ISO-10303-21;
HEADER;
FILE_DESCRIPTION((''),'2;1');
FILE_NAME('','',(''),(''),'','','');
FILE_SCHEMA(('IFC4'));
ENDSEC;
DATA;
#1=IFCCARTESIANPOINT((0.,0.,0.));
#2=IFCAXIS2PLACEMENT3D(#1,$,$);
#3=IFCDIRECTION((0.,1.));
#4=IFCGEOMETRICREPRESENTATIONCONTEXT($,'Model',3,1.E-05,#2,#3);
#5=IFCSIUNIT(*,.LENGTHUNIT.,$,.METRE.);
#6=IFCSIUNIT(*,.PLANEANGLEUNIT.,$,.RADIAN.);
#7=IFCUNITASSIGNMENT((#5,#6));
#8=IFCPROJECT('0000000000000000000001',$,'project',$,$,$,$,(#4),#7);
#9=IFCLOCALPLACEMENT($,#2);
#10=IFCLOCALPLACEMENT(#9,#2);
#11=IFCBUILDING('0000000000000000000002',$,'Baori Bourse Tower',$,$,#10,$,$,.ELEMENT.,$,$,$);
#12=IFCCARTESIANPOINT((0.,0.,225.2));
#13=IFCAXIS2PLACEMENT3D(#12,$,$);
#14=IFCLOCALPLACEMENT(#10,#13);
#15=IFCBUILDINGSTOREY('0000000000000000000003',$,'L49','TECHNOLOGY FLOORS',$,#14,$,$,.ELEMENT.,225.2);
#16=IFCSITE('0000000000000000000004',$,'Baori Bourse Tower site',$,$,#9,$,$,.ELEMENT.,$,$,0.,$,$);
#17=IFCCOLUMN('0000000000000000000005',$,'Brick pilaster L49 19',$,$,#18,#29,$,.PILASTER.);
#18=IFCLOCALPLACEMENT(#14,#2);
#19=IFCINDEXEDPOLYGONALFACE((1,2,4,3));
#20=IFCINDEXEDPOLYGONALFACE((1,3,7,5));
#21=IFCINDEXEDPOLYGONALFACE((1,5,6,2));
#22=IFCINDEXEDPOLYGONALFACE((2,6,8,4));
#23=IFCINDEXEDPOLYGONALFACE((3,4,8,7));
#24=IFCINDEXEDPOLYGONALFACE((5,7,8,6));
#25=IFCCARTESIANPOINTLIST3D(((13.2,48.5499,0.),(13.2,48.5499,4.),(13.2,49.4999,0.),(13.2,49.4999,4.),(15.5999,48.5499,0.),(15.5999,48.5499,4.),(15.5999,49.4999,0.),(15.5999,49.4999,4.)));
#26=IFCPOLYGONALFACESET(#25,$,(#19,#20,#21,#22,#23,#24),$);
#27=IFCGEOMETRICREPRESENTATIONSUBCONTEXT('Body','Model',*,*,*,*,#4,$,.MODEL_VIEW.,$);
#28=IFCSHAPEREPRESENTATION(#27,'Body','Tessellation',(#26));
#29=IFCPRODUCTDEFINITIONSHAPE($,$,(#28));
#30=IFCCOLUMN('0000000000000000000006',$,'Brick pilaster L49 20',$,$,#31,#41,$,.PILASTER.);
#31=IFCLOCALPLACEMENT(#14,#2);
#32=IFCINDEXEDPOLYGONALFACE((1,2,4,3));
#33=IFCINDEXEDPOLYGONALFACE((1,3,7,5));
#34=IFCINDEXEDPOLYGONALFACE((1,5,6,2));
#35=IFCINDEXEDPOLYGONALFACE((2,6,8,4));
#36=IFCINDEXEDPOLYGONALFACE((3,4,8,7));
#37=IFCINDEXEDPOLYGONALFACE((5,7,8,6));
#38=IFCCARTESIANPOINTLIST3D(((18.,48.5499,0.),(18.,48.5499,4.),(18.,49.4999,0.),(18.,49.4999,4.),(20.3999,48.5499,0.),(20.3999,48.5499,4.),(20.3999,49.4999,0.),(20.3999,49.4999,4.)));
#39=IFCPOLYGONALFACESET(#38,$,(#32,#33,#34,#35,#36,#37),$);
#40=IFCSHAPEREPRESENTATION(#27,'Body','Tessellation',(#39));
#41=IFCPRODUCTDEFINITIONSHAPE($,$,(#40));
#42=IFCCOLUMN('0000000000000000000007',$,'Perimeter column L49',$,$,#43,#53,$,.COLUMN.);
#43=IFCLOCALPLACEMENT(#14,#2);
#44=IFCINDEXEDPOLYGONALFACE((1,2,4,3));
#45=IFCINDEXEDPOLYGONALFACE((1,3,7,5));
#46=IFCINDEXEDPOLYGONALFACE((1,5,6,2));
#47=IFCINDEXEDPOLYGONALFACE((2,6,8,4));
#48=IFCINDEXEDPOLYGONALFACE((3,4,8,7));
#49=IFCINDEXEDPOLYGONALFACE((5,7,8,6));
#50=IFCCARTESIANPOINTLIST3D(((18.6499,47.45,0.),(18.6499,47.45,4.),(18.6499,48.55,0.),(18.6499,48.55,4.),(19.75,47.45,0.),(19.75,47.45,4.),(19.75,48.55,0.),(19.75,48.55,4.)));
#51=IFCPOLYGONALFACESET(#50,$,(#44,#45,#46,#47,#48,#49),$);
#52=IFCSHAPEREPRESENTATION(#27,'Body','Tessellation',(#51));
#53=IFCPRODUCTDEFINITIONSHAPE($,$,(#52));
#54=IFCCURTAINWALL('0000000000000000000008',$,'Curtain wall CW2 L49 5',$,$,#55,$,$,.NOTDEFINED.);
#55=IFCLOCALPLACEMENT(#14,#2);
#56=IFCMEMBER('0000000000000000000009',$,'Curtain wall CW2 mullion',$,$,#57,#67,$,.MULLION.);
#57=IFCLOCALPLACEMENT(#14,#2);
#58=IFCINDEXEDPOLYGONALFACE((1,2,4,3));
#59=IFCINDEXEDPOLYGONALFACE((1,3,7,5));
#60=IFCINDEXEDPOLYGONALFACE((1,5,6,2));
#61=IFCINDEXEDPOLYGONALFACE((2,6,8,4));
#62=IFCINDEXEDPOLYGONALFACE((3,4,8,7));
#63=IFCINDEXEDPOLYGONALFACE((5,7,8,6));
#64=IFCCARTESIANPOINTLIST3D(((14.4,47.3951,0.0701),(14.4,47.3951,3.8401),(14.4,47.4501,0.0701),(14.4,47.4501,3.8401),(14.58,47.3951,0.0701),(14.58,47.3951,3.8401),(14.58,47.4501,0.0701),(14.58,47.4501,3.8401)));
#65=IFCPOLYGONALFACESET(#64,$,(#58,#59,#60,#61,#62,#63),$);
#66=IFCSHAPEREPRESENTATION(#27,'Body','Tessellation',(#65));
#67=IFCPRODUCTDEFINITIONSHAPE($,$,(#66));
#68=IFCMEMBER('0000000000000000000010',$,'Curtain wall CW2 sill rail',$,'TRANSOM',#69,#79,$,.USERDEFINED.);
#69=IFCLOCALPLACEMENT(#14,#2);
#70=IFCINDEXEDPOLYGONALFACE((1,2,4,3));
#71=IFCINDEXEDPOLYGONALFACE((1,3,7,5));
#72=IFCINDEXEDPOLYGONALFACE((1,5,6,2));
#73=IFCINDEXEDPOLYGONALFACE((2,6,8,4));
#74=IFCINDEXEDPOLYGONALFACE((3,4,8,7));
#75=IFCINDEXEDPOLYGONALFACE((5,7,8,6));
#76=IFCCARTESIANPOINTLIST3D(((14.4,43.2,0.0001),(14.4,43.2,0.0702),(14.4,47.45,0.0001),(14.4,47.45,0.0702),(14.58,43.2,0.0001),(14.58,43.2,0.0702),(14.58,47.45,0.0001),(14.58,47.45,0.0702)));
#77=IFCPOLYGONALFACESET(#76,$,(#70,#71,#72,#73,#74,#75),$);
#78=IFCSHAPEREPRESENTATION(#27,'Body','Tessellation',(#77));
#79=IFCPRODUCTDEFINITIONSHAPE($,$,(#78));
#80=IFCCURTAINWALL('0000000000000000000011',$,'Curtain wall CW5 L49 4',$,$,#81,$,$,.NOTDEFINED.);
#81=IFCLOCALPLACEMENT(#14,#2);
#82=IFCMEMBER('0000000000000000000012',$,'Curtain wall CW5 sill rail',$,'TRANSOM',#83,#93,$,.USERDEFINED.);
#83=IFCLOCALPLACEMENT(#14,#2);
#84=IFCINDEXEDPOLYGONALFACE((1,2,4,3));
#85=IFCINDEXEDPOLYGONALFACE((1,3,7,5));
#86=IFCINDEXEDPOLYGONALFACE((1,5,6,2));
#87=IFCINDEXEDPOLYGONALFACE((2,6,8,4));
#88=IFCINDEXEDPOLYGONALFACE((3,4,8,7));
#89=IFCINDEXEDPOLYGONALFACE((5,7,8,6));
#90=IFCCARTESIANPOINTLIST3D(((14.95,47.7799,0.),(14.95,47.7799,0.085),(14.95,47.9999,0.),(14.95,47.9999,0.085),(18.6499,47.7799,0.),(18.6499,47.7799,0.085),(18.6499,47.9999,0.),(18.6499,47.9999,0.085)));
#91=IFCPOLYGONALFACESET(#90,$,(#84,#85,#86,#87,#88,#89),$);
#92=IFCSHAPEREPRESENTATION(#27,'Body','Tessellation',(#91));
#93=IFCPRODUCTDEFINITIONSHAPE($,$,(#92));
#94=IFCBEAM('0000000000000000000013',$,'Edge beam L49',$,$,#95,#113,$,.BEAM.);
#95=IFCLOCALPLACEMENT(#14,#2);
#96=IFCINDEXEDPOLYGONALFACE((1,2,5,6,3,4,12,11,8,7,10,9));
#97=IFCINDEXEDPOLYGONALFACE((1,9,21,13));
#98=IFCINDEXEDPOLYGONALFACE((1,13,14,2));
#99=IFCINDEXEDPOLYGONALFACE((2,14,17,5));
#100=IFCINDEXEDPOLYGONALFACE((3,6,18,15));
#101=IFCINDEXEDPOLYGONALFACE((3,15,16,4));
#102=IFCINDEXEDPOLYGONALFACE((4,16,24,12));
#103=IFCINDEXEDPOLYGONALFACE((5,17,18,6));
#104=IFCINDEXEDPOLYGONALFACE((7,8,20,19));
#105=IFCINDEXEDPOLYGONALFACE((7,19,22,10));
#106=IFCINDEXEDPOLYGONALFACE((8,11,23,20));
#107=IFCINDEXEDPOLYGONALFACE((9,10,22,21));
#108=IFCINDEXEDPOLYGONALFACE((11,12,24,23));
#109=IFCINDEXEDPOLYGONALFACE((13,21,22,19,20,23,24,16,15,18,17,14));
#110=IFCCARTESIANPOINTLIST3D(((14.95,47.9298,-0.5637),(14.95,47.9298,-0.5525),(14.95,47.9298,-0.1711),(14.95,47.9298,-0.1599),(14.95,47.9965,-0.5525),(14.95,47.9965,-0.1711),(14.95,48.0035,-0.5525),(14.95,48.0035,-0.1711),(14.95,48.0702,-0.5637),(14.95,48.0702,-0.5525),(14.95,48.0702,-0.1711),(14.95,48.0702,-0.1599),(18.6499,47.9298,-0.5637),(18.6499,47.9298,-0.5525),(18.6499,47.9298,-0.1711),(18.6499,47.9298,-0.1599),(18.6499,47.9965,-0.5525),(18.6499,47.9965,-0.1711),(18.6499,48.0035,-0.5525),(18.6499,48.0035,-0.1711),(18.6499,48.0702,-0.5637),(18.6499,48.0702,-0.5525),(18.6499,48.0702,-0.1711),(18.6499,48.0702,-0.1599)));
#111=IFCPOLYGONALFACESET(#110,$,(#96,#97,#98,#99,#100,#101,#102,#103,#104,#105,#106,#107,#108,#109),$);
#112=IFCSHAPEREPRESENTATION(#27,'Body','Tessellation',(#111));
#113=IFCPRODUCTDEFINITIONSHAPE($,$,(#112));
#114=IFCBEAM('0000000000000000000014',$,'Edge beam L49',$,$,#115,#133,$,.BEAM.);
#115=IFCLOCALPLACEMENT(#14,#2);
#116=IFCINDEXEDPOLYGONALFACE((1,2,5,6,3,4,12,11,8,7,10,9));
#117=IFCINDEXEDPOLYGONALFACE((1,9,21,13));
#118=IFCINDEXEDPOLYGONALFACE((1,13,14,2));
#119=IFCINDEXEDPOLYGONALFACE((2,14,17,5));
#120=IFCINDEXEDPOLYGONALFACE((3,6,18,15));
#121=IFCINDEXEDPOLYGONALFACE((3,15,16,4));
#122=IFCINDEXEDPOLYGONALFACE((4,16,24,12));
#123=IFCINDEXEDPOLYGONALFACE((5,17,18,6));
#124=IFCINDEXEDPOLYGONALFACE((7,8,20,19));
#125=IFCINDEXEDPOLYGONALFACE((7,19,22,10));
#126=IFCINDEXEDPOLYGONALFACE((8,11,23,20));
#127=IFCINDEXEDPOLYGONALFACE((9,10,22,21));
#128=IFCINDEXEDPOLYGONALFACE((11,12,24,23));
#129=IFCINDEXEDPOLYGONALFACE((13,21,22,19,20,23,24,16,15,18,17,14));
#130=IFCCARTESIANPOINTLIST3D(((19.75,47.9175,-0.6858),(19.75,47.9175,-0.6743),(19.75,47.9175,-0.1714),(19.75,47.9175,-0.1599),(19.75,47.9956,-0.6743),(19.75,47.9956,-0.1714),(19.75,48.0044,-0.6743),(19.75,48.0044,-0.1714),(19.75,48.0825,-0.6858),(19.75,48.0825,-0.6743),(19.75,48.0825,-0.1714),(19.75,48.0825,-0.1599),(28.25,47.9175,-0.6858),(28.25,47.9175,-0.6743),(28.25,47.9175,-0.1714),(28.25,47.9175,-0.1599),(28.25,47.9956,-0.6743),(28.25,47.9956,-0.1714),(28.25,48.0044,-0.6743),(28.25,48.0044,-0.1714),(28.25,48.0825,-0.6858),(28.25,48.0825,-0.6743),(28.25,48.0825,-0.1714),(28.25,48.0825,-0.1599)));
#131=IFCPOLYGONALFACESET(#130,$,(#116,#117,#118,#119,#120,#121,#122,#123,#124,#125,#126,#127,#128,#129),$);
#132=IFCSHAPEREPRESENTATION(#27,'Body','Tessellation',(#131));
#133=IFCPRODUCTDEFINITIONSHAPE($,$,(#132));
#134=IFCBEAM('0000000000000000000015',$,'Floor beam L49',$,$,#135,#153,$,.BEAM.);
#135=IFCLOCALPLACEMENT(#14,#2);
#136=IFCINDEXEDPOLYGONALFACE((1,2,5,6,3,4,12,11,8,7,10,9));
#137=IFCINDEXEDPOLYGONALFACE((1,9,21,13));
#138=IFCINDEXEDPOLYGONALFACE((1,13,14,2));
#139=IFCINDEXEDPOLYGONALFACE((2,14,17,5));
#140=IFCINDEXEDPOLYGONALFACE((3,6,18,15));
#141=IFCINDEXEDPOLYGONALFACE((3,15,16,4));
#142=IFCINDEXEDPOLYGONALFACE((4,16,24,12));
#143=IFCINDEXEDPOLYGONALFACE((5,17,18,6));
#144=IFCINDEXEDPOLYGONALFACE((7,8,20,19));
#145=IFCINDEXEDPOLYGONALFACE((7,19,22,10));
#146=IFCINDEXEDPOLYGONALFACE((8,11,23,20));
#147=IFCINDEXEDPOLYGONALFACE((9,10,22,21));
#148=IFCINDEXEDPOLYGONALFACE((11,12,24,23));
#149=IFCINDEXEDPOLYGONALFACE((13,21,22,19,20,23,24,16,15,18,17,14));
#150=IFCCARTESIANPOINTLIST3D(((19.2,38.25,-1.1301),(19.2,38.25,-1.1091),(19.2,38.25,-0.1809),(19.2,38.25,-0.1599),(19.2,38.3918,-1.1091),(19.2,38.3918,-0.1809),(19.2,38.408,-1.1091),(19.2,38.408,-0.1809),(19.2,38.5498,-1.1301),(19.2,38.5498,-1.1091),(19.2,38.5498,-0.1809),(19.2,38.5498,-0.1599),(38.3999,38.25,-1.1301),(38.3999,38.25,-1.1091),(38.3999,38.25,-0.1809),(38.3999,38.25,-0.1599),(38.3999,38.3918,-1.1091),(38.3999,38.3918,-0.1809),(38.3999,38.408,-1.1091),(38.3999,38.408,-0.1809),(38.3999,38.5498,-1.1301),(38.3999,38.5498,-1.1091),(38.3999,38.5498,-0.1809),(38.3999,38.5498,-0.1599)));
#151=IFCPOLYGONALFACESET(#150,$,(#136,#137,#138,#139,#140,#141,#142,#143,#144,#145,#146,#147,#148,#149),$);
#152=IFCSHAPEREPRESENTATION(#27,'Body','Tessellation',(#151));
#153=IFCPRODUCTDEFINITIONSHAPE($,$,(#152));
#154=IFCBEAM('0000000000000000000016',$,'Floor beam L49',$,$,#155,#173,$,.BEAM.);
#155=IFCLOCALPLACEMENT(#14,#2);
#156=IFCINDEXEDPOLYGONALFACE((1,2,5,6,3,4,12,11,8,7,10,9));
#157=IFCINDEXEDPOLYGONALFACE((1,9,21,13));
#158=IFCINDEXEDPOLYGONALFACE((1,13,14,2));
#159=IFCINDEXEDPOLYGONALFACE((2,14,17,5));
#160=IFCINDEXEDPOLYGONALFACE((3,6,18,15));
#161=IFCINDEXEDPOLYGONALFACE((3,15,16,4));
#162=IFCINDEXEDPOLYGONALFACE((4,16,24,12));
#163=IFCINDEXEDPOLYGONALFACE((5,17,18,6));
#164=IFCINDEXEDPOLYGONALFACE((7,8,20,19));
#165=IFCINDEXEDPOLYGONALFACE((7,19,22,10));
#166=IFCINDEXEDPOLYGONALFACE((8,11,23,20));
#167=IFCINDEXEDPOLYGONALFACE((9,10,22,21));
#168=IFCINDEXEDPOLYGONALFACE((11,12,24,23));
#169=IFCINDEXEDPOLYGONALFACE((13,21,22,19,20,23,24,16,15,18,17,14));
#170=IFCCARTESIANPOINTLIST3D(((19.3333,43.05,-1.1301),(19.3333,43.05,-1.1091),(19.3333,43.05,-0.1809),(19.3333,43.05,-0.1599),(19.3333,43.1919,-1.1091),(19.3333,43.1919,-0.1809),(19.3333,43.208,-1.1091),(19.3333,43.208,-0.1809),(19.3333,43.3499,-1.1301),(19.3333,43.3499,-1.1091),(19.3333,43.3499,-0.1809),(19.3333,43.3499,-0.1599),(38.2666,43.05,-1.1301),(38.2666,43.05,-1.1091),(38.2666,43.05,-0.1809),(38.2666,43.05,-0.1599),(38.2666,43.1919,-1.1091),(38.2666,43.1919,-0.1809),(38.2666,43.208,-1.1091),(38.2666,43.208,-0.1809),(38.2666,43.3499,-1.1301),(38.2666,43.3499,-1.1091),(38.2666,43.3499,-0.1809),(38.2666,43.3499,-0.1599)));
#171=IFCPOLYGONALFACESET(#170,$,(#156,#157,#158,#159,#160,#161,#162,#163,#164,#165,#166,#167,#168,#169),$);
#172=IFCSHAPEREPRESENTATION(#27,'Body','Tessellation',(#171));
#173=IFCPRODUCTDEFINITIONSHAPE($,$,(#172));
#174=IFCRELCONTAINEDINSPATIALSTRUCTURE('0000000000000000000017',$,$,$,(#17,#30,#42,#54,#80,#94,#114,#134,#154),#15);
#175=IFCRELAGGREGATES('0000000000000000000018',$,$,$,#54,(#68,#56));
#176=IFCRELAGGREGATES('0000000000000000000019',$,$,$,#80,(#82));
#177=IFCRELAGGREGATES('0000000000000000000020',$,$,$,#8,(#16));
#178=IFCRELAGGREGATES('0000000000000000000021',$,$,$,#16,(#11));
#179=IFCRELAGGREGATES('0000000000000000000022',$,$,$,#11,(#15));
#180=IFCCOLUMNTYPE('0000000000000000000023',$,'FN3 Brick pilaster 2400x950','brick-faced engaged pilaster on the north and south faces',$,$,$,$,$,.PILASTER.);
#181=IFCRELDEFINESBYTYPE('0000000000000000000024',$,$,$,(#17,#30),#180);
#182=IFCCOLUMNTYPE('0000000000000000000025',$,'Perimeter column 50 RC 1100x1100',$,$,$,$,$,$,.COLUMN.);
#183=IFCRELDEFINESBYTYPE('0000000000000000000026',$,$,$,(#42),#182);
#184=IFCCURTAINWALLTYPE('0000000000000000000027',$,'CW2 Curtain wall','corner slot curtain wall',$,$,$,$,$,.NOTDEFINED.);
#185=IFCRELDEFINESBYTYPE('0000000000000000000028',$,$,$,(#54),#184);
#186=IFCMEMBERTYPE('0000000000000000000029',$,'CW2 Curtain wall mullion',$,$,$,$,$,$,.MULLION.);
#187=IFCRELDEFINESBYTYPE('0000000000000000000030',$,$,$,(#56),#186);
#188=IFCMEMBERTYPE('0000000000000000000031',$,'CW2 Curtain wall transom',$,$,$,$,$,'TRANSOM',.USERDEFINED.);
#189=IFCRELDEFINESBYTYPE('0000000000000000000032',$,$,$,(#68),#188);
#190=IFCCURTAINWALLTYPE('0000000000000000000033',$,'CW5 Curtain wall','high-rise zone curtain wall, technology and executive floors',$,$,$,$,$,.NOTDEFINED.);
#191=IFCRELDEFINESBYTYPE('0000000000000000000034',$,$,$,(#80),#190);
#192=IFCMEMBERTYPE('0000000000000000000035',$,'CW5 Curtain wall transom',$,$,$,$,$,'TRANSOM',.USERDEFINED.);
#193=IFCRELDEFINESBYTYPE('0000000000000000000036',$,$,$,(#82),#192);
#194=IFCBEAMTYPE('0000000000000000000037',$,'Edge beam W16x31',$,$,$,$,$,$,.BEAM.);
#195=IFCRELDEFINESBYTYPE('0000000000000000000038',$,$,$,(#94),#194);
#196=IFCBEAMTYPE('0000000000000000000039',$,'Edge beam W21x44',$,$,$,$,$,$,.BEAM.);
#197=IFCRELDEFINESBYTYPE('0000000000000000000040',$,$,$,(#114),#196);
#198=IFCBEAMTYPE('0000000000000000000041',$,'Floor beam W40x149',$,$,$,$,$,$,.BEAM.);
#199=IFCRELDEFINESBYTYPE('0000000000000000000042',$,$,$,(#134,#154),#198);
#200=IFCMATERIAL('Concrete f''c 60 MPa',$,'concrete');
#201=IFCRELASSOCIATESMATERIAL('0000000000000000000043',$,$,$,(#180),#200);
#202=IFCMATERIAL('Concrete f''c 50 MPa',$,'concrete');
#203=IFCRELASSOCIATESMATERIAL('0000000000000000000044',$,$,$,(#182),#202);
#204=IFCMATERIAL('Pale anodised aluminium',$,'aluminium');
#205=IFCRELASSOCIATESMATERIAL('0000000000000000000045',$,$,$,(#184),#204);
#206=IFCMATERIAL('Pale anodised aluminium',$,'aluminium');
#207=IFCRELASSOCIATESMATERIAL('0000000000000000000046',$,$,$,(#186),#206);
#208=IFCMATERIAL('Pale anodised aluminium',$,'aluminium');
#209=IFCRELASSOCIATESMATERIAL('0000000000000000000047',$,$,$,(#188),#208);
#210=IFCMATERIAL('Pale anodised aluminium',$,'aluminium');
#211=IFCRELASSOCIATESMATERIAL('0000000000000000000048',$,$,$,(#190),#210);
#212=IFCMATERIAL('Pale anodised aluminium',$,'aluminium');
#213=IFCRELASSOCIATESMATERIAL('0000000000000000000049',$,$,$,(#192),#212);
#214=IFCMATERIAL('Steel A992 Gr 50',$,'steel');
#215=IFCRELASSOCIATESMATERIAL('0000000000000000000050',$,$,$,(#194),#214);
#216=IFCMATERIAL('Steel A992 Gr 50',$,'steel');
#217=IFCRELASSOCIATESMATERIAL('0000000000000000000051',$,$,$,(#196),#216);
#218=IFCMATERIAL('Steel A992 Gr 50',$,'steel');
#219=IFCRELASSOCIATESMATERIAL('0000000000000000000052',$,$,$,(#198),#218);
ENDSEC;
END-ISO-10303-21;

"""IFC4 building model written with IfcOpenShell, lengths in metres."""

from ifc_helpers import new_model, si_unit, direction, frame, origin, origin_2d, place, context, subcontext, project, spatial, rectangle, i_section, extrude, material, material_profile, profile_set, type_object, element, aggregate, save


model = new_model("IFC4")

# Units and contexts
model_context = context("Model", 3, precision=1e-05, world=origin(), true_north=direction((0.0, 1.0)))
body_context = subcontext(model_context, "Body", "Model", "MODEL_VIEW")
ifc_project = project(units=[si_unit("LENGTHUNIT", "METRE"), si_unit("PLANEANGLEUNIT", "RADIAN")], contexts=[model_context])

# Site, building, storey
site_placement = place(None, origin())
site = spatial("IfcSite", under=ifc_project, at=site_placement, Name="Baori Bourse Tower site", CompositionType="ELEMENT", RefElevation=0.0)
building_placement = place(site_placement, origin())
building = spatial("IfcBuilding", under=site, at=building_placement, Name="Baori Bourse Tower", CompositionType="ELEMENT")
storey_placement = place(building_placement, frame((0.0, 0.0, 225.2)))
storey = spatial("IfcBuildingStorey", under=building, at=storey_placement, Name="L49", Description="TECHNOLOGY FLOORS", CompositionType="ELEMENT", Elevation=225.2)

# Columns
ifc_material_1 = material(Name="Concrete f'c 60 MPa", Category="concrete")
ifc_material_profile_1 = material_profile(ifc_material_1, rectangle(XDim=2.3999, YDim=0.95, at=origin_2d()), Name="RC 2400x950")
ifc_profile_set_1 = profile_set([ifc_material_profile_1], Name="Concrete f'c 60 MPa")
column_type_1 = type_object("IfcColumnType", Name="FN3 Brick pilaster 2400x950", Description="brick-faced engaged pilaster on the north and south faces", PredefinedType="PILASTER", material=ifc_profile_set_1)
for number, where, z_axis, x_axis, name in (
    (1, (14.3999, 49.0249, 0.0), (0.0, 0.0, 1.0), (1.0, 0.0, 0.0), "Brick pilaster L49 19"),
    (2, (19.2, 49.0249, 0.0), (0.0, 0.0, 1.0), (1.0, 0.0, 0.0), "Brick pilaster L49 20"),
):
    element("IfcColumn", number, at=place(storey_placement, frame(where, z_axis=z_axis, x_axis=x_axis)), inside=storey, type_object=column_type_1, Name=name, PredefinedType="PILASTER", context=body_context, shape_type="SweptSolid", body=[
        extrude(rectangle(XDim=2.3999, YDim=0.95, at=origin_2d()), origin(), (0.0, 0.0, 1.0), 4.0),
    ])
ifc_material_2 = material(Name="Concrete f'c 50 MPa", Category="concrete")
ifc_material_profile_2 = material_profile(ifc_material_2, rectangle(XDim=1.1001, YDim=1.1001, at=origin_2d()), Name="RC 1100x1100")
ifc_profile_set_2 = profile_set([ifc_material_profile_2], Name="Concrete f'c 50 MPa")
column_type_2 = type_object("IfcColumnType", Name="Perimeter column 50 RC 1100x1100", PredefinedType="COLUMN", material=ifc_profile_set_2)
column_placement = place(storey_placement, frame((19.2, 48.0, 0.0), z_axis=(0.0, 0.0, 1.0), x_axis=(1.0, 0.0, 0.0)))
element("IfcColumn", 3, at=column_placement, inside=storey, type_object=column_type_2, Name="Perimeter column L49", PredefinedType="COLUMN", context=body_context, shape_type="SweptSolid", body=[
    extrude(rectangle(XDim=1.1001, YDim=1.1001, at=origin_2d()), origin(), (0.0, 0.0, 1.0), 4.0),
])

# Curtain wall, members
ifc_material_3 = material(Name="Pale anodised aluminium", Category="aluminium")
curtain_wall_type_1 = type_object("IfcCurtainWallType", Name="CW2 Curtain wall", Description="corner slot curtain wall", PredefinedType="NOTDEFINED", material=ifc_material_3)
curtain_wall_1_placement = place(storey_placement, origin())
curtain_wall_1 = element("IfcCurtainWall", 4, at=curtain_wall_1_placement, inside=storey, type_object=curtain_wall_type_1, Name="Curtain wall CW2 L49 5", PredefinedType="NOTDEFINED")
ifc_material_4 = material(Name="Pale anodised aluminium", Category="aluminium")
ifc_material_profile_3 = material_profile(ifc_material_4, rectangle(XDim=0.1799, YDim=0.0549, at=origin_2d()), Name="Mullion 55x180")
ifc_profile_set_3 = profile_set([ifc_material_profile_3], Name="Pale anodised aluminium")
member_type_1 = type_object("IfcMemberType", Name="CW2 Curtain wall mullion", PredefinedType="MULLION", material=ifc_profile_set_3)
member_1_placement = place(storey_placement, frame((14.49, 47.4226, 0.0701), z_axis=(0.0, 0.0, 1.0), x_axis=(1.0, 0.0, 0.0)))
member_1 = element("IfcMember", 5, at=member_1_placement, type_object=member_type_1, Name="Curtain wall CW2 mullion", PredefinedType="MULLION", context=body_context, shape_type="SweptSolid", body=[
    extrude(rectangle(XDim=0.1799, YDim=0.0549, at=origin_2d()), origin(), (0.0, 0.0, 1.0), 3.77),
])
ifc_material_5 = material(Name="Pale anodised aluminium", Category="aluminium")
ifc_material_profile_4 = material_profile(ifc_material_5, rectangle(XDim=0.1799, YDim=0.0701, at=origin_2d()), Name="Transom 70x180")
ifc_profile_set_4 = profile_set([ifc_material_profile_4], Name="Pale anodised aluminium")
member_type_2 = type_object("IfcMemberType", Name="CW2 Curtain wall transom", ElementType="TRANSOM", PredefinedType="USERDEFINED", material=ifc_profile_set_4)
member_2_placement = place(storey_placement, frame((14.49, 47.45, 0.0352), z_axis=(0.0, -1.0, 0.0), x_axis=(1.0, 0.0, 0.0)))
member_2 = element("IfcMember", 6, at=member_2_placement, type_object=member_type_2, Name="Curtain wall CW2 sill rail", ObjectType="TRANSOM", PredefinedType="USERDEFINED", context=body_context, shape_type="SweptSolid", body=[
    extrude(rectangle(XDim=0.1799, YDim=0.0701, at=origin_2d()), origin(), (0.0, 0.0, 1.0), 4.25),
])

# Curtain wall, member
ifc_material_6 = material(Name="Pale anodised aluminium", Category="aluminium")
curtain_wall_type_2 = type_object("IfcCurtainWallType", Name="CW5 Curtain wall", Description="high-rise zone curtain wall, technology and executive floors", PredefinedType="NOTDEFINED", material=ifc_material_6)
curtain_wall_2_placement = place(storey_placement, origin())
curtain_wall_2 = element("IfcCurtainWall", 7, at=curtain_wall_2_placement, inside=storey, type_object=curtain_wall_type_2, Name="Curtain wall CW5 L49 4", PredefinedType="NOTDEFINED")
ifc_material_7 = material(Name="Pale anodised aluminium", Category="aluminium")
ifc_material_profile_5 = material_profile(ifc_material_7, rectangle(XDim=0.22, YDim=0.085, at=origin_2d()), Name="Transom 85x220")
ifc_profile_set_5 = profile_set([ifc_material_profile_5], Name="Pale anodised aluminium")
member_type_3 = type_object("IfcMemberType", Name="CW5 Curtain wall transom", ElementType="TRANSOM", PredefinedType="USERDEFINED", material=ifc_profile_set_5)
member_3_placement = place(storey_placement, frame((18.6499, 47.8899, 0.0425), z_axis=(-1.0, 0.0, 0.0), x_axis=(0.0, -1.0, 0.0)))
member_3 = element("IfcMember", 8, at=member_3_placement, type_object=member_type_3, Name="Curtain wall CW5 sill rail", ObjectType="TRANSOM", PredefinedType="USERDEFINED", context=body_context, shape_type="SweptSolid", body=[
    extrude(rectangle(XDim=0.22, YDim=0.085, at=origin_2d()), origin(), (0.0, 0.0, 1.0), 3.7),
])

# Beams
ifc_material_8 = material(Name="Steel A992 Gr 50", Category="steel")
ifc_material_profile_6 = material_profile(ifc_material_8, i_section(OverallWidth=0.1404, OverallDepth=0.4038, WebThickness=0.0071, FlangeThickness=0.0112, at=origin_2d()), Name="W16x31")
ifc_profile_set_6 = profile_set([ifc_material_profile_6], Name="Steel A992 Gr 50")
beam_type_1 = type_object("IfcBeamType", Name="Edge beam W16x31", PredefinedType="BEAM", material=ifc_profile_set_6)
beam_1_placement = place(storey_placement, frame((14.95, 48.0, -0.3618), z_axis=(1.0, 0.0, 0.0), x_axis=(0.0, 1.0, 0.0)))
element("IfcBeam", 9, at=beam_1_placement, inside=storey, type_object=beam_type_1, Name="Edge beam L49", PredefinedType="BEAM", context=body_context, shape_type="SweptSolid", body=[
    extrude(i_section(OverallWidth=0.1404, OverallDepth=0.4038, WebThickness=0.0071, FlangeThickness=0.0112, at=origin_2d()), origin(), (0.0, 0.0, 1.0), 3.7),
])
ifc_material_9 = material(Name="Steel A992 Gr 50", Category="steel")
ifc_material_profile_7 = material_profile(ifc_material_9, i_section(OverallWidth=0.165, OverallDepth=0.5259, WebThickness=0.0088, FlangeThickness=0.0115, at=origin_2d()), Name="W21x44")
ifc_profile_set_7 = profile_set([ifc_material_profile_7], Name="Steel A992 Gr 50")
beam_type_2 = type_object("IfcBeamType", Name="Edge beam W21x44", PredefinedType="BEAM", material=ifc_profile_set_7)
beam_2_placement = place(storey_placement, frame((19.75, 48.0, -0.4229), z_axis=(1.0, 0.0, 0.0), x_axis=(0.0, 1.0, 0.0)))
element("IfcBeam", 10, at=beam_2_placement, inside=storey, type_object=beam_type_2, Name="Edge beam L49", PredefinedType="BEAM", context=body_context, shape_type="SweptSolid", body=[
    extrude(i_section(OverallWidth=0.165, OverallDepth=0.5259, WebThickness=0.0088, FlangeThickness=0.0115, at=origin_2d()), origin(), (0.0, 0.0, 1.0), 8.5),
])
ifc_material_10 = material(Name="Steel A992 Gr 50", Category="steel")
ifc_material_profile_8 = material_profile(ifc_material_10, i_section(OverallWidth=0.2998, OverallDepth=0.9702, WebThickness=0.0161, FlangeThickness=0.021, at=origin_2d()), Name="W40x149")
ifc_profile_set_8 = profile_set([ifc_material_profile_8], Name="Steel A992 Gr 50")
beam_type_3 = type_object("IfcBeamType", Name="Floor beam W40x149", PredefinedType="BEAM", material=ifc_profile_set_8)
beam_3_placement = place(storey_placement, frame((19.2, 38.3999, -0.645), z_axis=(1.0, 0.0, 0.0), x_axis=(0.0, 1.0, 0.0)))
element("IfcBeam", 11, at=beam_3_placement, inside=storey, type_object=beam_type_3, Name="Floor beam L49", PredefinedType="BEAM", context=body_context, shape_type="SweptSolid", body=[
    extrude(i_section(OverallWidth=0.2998, OverallDepth=0.9702, WebThickness=0.0161, FlangeThickness=0.021, at=origin_2d()), origin(), (0.0, 0.0, 1.0), 19.2),
])
beam_4_placement = place(storey_placement, frame((19.3333, 43.2, -0.645), z_axis=(1.0, 0.0, 0.0), x_axis=(0.0, 1.0, 0.0)))
element("IfcBeam", 12, at=beam_4_placement, inside=storey, type_object=beam_type_3, Name="Floor beam L49", PredefinedType="BEAM", context=body_context, shape_type="SweptSolid", body=[
    extrude(i_section(OverallWidth=0.2998, OverallDepth=0.9702, WebThickness=0.0161, FlangeThickness=0.021, at=origin_2d()), origin(), (0.0, 0.0, 1.0), 18.9333),
])

aggregate(curtain_wall_1, [member_2, member_1])
aggregate(curtain_wall_2, [member_3])

save(model, "model.ifc")
